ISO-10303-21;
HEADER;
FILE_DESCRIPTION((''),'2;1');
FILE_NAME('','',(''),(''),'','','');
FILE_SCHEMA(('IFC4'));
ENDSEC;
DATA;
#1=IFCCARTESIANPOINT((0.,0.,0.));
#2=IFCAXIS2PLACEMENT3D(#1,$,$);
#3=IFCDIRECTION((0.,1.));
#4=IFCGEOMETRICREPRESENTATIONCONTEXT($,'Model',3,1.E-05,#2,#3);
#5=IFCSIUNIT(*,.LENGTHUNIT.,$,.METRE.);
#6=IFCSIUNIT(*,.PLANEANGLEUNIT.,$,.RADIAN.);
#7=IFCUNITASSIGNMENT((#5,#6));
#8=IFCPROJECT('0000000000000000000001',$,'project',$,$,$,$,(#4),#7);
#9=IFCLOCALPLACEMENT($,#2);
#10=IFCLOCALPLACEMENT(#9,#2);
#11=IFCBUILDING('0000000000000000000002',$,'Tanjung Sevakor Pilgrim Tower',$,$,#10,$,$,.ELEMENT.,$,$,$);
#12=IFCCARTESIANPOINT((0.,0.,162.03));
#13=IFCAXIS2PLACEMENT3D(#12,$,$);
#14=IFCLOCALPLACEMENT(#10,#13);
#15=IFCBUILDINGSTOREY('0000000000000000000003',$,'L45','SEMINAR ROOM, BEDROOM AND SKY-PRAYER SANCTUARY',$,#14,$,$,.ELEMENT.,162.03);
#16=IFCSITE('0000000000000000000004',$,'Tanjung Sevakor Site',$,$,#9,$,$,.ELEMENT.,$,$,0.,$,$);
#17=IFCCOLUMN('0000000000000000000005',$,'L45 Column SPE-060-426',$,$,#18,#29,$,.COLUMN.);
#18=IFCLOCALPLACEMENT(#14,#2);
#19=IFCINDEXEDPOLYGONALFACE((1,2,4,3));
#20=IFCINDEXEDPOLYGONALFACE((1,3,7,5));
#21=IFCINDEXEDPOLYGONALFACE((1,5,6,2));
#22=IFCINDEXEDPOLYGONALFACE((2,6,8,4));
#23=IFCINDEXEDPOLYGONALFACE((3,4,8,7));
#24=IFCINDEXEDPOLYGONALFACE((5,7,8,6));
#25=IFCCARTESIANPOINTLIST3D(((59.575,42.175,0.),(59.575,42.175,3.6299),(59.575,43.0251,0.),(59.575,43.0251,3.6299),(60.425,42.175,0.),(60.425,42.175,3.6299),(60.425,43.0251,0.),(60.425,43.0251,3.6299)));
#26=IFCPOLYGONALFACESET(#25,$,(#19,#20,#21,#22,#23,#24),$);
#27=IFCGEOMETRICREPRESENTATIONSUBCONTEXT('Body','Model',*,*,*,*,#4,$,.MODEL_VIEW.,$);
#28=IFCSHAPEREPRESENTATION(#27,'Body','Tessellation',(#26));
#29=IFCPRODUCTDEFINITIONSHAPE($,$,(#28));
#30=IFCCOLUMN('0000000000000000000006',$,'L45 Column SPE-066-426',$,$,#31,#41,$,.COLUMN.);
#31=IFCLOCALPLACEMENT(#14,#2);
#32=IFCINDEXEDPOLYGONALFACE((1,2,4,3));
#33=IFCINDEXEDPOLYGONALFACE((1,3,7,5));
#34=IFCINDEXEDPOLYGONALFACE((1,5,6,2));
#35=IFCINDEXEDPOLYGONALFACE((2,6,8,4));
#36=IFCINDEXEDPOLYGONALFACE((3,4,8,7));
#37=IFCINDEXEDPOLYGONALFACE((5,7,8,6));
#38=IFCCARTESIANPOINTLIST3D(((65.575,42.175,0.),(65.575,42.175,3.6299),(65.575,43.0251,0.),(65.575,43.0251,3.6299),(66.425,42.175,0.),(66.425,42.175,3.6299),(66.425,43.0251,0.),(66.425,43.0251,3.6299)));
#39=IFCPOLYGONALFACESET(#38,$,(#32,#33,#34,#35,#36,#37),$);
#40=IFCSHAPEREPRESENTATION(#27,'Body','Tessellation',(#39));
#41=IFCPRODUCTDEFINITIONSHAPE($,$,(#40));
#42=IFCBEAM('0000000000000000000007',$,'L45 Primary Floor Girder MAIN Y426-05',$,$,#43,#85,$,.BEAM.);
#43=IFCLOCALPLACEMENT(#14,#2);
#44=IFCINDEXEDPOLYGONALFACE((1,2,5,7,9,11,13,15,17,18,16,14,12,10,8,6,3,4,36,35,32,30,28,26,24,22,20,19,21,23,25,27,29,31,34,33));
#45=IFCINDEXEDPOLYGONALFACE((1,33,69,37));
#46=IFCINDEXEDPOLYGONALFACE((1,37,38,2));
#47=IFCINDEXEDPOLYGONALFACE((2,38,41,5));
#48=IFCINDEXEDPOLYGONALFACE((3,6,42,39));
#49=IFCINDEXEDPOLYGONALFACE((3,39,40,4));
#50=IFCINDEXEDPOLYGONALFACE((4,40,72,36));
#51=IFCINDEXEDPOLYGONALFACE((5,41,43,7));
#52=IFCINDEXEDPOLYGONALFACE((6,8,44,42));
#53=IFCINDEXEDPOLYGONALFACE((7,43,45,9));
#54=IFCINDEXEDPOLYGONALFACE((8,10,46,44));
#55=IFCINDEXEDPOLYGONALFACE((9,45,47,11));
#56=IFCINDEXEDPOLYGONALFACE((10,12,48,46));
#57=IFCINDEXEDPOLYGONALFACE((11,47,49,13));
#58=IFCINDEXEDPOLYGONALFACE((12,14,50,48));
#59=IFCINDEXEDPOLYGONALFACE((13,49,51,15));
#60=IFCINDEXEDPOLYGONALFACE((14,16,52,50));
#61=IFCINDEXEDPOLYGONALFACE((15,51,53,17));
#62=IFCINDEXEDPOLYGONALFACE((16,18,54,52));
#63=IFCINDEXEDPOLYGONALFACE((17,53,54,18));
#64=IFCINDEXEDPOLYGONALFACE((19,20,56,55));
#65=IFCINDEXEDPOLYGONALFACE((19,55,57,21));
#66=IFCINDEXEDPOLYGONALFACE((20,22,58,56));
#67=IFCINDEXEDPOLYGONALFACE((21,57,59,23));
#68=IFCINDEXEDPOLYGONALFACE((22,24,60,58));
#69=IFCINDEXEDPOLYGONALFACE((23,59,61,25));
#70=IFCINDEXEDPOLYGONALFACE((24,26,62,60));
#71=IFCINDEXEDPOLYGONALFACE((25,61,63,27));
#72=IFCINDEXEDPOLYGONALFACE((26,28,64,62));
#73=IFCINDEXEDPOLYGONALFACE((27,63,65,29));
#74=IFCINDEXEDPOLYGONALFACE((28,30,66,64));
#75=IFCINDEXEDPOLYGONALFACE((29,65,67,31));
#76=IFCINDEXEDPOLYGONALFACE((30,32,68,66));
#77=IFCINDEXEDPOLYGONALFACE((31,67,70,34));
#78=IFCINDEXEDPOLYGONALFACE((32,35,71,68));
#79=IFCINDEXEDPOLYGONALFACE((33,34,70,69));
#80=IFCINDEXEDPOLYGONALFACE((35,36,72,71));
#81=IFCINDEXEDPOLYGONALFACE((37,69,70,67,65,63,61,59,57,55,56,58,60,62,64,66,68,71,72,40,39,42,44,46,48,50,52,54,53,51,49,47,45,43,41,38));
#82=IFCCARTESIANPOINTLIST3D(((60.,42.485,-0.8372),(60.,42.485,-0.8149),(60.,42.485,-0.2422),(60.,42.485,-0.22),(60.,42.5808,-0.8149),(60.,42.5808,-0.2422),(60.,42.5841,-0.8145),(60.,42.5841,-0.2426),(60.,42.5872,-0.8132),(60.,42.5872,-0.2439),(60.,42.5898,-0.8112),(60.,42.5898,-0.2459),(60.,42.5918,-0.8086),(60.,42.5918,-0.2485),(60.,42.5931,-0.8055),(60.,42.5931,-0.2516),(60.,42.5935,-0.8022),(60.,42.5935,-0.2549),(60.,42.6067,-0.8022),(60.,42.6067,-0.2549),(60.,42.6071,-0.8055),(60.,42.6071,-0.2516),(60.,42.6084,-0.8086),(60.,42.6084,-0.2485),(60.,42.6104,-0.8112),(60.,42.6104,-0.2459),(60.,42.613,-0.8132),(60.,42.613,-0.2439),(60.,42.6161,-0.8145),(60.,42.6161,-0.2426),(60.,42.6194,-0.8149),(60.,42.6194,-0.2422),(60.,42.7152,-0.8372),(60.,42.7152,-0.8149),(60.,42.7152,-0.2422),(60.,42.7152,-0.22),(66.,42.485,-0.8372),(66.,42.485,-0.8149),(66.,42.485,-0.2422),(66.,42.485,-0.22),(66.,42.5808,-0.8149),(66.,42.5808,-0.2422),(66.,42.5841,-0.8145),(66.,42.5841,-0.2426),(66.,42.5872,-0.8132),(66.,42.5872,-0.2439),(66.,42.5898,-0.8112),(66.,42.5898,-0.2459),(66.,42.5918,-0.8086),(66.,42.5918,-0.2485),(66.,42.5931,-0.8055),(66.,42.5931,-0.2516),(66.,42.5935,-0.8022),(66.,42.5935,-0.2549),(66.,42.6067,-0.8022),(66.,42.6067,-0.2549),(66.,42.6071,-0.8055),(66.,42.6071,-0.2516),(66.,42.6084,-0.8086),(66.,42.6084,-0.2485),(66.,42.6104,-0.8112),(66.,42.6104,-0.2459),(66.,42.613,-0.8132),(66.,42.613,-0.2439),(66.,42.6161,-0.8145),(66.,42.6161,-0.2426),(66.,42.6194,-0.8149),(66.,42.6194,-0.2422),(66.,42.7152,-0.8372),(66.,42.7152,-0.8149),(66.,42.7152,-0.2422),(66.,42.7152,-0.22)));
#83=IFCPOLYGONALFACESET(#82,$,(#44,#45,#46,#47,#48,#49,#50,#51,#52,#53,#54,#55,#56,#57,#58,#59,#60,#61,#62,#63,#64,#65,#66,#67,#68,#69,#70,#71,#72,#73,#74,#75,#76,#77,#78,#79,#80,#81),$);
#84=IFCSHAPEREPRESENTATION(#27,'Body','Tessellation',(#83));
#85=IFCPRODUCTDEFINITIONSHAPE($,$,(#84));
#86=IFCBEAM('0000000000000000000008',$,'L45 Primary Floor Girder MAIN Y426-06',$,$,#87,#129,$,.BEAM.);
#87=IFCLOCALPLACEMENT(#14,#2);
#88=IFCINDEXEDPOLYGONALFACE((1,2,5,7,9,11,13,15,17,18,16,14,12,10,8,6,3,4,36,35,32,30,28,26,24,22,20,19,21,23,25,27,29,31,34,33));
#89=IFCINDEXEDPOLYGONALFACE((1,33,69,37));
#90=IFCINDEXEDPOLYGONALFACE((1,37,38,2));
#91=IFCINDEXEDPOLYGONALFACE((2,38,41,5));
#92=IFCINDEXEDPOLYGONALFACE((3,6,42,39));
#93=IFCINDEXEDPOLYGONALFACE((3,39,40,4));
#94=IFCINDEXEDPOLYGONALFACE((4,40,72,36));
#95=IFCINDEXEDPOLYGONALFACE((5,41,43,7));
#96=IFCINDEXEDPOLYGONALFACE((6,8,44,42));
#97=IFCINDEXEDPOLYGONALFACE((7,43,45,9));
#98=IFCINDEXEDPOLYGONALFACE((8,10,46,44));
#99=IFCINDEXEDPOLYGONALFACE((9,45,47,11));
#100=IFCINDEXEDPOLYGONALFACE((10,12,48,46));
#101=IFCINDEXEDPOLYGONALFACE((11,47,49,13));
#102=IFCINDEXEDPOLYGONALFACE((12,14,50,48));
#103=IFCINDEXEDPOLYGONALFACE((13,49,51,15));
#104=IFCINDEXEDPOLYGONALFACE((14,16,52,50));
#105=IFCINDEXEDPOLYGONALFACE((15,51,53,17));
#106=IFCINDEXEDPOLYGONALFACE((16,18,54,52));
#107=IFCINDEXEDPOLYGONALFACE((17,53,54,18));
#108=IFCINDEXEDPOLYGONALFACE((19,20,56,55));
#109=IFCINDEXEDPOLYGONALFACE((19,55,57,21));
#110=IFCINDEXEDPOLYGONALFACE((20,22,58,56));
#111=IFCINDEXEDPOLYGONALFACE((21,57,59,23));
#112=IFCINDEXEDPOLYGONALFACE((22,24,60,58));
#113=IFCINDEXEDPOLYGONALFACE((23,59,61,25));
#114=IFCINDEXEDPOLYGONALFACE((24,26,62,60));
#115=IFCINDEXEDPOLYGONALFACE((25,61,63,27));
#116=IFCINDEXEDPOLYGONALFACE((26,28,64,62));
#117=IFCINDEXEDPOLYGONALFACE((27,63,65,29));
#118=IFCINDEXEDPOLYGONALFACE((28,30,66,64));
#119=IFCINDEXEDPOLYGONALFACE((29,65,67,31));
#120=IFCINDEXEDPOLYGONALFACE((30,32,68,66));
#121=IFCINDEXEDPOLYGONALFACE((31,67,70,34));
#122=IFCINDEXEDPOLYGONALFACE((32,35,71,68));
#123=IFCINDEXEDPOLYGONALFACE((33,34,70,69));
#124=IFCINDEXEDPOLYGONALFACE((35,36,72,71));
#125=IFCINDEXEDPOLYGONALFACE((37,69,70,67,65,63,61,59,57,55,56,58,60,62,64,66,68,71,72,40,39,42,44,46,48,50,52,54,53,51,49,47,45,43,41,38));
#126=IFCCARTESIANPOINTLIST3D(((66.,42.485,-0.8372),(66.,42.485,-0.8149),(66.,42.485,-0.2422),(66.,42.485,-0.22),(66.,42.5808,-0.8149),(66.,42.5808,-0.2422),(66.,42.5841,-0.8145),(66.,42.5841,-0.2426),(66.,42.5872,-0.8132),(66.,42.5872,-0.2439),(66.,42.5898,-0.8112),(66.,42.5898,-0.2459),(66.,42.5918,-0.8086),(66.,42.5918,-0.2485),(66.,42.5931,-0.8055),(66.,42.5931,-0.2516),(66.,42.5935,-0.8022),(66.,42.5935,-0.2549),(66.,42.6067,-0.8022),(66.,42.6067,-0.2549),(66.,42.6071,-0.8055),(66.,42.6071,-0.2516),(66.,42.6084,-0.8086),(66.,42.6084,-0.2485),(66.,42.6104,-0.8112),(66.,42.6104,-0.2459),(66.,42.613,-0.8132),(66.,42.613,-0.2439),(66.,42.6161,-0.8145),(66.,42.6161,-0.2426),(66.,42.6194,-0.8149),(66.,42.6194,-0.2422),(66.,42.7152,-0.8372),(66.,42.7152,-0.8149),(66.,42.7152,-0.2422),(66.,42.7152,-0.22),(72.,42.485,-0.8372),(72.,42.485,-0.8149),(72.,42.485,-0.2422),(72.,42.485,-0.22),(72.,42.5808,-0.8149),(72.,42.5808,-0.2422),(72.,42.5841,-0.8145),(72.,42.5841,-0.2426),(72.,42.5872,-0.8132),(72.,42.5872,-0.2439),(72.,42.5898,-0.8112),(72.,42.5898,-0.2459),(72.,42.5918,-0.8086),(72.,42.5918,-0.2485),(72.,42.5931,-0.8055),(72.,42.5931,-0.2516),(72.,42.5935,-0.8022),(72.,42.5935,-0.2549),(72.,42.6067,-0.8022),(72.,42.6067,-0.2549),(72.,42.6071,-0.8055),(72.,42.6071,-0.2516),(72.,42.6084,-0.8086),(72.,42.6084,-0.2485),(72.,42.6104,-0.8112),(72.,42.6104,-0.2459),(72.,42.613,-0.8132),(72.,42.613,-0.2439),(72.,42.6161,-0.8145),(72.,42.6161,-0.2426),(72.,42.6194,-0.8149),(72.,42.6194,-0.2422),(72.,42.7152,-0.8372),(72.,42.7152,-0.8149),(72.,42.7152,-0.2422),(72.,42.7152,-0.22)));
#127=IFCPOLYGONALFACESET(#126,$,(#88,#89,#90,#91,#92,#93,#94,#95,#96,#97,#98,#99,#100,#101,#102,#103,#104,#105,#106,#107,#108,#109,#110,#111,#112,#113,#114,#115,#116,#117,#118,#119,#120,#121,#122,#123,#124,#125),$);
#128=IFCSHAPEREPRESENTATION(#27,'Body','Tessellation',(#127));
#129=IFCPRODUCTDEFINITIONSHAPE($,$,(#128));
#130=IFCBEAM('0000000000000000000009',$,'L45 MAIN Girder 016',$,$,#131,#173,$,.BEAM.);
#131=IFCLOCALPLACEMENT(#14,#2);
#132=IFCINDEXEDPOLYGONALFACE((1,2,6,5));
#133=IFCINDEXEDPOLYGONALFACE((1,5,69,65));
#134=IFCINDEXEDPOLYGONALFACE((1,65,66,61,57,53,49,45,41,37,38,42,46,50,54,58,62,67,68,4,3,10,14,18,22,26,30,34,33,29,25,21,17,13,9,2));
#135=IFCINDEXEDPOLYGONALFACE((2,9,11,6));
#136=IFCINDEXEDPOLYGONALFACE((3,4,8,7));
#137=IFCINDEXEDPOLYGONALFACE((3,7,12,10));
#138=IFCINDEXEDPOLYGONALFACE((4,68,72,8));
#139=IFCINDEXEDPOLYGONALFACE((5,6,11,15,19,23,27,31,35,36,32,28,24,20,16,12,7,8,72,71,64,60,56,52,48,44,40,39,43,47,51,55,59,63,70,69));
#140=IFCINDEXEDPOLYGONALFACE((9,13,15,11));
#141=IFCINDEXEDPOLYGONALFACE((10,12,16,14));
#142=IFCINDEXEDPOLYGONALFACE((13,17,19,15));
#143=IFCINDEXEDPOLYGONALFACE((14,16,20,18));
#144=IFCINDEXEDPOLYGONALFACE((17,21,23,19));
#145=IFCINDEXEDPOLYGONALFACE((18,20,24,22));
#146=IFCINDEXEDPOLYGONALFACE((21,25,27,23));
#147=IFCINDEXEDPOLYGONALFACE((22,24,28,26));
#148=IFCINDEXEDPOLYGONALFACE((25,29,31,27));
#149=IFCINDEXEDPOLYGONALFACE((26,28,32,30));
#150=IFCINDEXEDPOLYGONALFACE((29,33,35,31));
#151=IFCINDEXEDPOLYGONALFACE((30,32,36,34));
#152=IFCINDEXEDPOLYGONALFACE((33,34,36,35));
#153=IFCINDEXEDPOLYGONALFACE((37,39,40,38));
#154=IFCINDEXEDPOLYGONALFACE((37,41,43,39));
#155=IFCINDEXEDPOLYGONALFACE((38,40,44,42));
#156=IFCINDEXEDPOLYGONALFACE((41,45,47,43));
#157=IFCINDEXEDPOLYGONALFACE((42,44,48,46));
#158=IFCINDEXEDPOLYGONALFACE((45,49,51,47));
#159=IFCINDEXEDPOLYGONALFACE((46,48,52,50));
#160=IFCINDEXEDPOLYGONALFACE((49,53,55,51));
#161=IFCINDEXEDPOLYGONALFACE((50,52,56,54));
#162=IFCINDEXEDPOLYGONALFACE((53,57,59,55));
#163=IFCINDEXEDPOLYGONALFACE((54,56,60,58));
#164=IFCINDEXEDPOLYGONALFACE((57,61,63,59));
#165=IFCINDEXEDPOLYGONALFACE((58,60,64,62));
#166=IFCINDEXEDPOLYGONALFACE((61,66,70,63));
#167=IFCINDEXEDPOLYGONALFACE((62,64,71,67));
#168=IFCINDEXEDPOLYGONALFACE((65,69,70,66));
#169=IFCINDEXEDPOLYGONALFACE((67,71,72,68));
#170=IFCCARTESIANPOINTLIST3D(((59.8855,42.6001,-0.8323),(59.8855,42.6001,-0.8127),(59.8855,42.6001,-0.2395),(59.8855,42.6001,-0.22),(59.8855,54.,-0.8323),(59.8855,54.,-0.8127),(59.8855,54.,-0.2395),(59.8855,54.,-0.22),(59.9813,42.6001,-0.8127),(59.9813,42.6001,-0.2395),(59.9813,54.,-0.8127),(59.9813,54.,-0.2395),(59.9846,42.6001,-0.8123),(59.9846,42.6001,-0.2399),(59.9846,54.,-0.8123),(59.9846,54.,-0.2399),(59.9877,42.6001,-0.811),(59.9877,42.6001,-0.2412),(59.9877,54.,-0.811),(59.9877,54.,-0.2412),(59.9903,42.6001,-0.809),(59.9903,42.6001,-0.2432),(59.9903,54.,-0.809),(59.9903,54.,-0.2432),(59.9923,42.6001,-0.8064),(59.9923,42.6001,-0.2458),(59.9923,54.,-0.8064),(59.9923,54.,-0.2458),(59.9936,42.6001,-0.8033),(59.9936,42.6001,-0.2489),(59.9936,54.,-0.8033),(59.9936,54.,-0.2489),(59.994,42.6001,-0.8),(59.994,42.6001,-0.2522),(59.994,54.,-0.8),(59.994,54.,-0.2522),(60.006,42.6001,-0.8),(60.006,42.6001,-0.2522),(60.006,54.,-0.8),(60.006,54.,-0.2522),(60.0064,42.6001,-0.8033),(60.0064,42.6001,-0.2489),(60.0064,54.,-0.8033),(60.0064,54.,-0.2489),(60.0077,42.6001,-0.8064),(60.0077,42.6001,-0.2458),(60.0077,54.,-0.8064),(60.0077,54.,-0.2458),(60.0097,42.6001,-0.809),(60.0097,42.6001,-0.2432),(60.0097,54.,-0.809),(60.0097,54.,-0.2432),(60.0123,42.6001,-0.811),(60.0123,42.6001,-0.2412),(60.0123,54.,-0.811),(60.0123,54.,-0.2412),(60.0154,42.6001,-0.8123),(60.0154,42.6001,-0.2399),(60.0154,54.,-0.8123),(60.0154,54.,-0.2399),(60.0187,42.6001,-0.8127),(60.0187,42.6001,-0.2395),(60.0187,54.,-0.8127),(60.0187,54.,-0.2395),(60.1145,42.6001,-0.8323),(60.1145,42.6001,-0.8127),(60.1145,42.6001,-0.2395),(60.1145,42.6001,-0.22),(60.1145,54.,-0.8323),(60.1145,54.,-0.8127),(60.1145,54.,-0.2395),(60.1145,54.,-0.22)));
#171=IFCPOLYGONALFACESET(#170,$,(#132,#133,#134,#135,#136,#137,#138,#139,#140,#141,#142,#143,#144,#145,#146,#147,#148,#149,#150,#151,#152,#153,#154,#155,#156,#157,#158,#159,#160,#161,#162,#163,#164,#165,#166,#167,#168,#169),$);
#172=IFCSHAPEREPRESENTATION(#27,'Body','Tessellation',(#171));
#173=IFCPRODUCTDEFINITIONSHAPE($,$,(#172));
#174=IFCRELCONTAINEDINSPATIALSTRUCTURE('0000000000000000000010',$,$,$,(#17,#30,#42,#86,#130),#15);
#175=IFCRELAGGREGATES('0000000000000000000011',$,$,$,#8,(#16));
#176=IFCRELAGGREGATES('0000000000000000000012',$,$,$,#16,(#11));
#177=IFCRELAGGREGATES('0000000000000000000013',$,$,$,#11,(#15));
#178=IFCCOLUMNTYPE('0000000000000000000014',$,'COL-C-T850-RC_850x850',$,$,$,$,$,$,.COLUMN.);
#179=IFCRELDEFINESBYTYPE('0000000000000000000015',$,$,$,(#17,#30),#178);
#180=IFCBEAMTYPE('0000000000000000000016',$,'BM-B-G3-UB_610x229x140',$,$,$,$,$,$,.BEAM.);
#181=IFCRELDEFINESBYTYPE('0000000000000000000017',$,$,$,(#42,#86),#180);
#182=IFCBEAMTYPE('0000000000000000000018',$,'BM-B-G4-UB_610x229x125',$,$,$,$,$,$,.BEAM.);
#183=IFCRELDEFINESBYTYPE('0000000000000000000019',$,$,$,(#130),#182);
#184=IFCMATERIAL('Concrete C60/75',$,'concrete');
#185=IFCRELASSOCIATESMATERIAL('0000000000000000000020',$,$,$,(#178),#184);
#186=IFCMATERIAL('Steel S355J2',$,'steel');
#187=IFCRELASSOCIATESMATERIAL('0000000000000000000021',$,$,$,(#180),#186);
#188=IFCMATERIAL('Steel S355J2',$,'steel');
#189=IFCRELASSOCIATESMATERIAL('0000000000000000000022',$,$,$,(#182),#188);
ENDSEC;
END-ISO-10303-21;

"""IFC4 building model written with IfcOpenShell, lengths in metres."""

from ifc_helpers import new_model, si_unit, direction, frame, origin, origin_2d, place, context, subcontext, project, spatial, rectangle, i_section, extrude, material, material_profile, profile_set, type_object, element, save


model = new_model("IFC4")

# Units and contexts
model_context = context("Model", 3, precision=1e-05, world=origin(), true_north=direction((0.0, 1.0)))
body_context = subcontext(model_context, "Body", "Model", "MODEL_VIEW")
ifc_project = project(units=[si_unit("LENGTHUNIT", "METRE"), si_unit("PLANEANGLEUNIT", "RADIAN")], contexts=[model_context])

# Site, building, storey
site_placement = place(None, origin())
site = spatial("IfcSite", under=ifc_project, at=site_placement, Name="Tanjung Sevakor Site", CompositionType="ELEMENT", RefElevation=0.0)
building_placement = place(site_placement, origin())
building = spatial("IfcBuilding", under=site, at=building_placement, Name="Tanjung Sevakor Pilgrim Tower", CompositionType="ELEMENT")
storey_placement = place(building_placement, frame((0.0, 0.0, 162.03)))
storey = spatial("IfcBuildingStorey", under=building, at=storey_placement, Name="L45", Description="SEMINAR ROOM, BEDROOM AND SKY-PRAYER SANCTUARY", CompositionType="ELEMENT", Elevation=162.03)

# Columns
ifc_material_1 = material(Name="Concrete C60/75", Category="concrete")
ifc_material_profile_1 = material_profile(ifc_material_1, rectangle(XDim=0.8501, YDim=0.8501, at=origin_2d()))
ifc_profile_set_1 = profile_set([ifc_material_profile_1], Name="Concrete C60/75")
column_type = type_object("IfcColumnType", Name="COL-C-T850-RC_850x850", PredefinedType="COLUMN", material=ifc_profile_set_1)
for number, where, z_axis, x_axis, name in (
    (1, (60.0, 42.6001, 0.0), (0.0, 0.0, 1.0), (1.0, 0.0, 0.0), "L45 Column SPE-060-426"),
    (2, (66.0, 42.6001, 0.0), (0.0, 0.0, 1.0), (1.0, 0.0, 0.0), "L45 Column SPE-066-426"),
):
    element("IfcColumn", number, at=place(storey_placement, frame(where, z_axis=z_axis, x_axis=x_axis)), inside=storey, type_object=column_type, Name=name, PredefinedType="COLUMN", context=body_context, shape_type="SweptSolid", body=[
        extrude(rectangle(XDim=0.8501, YDim=0.8501, at=origin_2d()), origin(), (0.0, 0.0, 1.0), 3.6299),
    ])

# Beams
ifc_material_2 = material(Name="Steel S355J2", Category="steel")
ifc_material_profile_2 = material_profile(ifc_material_2, i_section(OverallWidth=0.2302, OverallDepth=0.6172, WebThickness=0.0132, FlangeThickness=0.0222, FilletRadius=0.0127, at=origin_2d()))
ifc_profile_set_2 = profile_set([ifc_material_profile_2], Name="Steel S355J2")
beam_type_1 = type_object("IfcBeamType", Name="BM-B-G3-UB_610x229x140", PredefinedType="BEAM", material=ifc_profile_set_2)
for number, where, z_axis, x_axis, name in (
    (3, (60.0, 42.6001, -0.5286), (1.0, 0.0, 0.0), (0.0, 1.0, 0.0), "L45 Primary Floor Girder MAIN Y426-05"),
    (4, (66.0, 42.6001, -0.5286), (1.0, 0.0, 0.0), (0.0, 1.0, 0.0), "L45 Primary Floor Girder MAIN Y426-06"),
):
    element("IfcBeam", number, at=place(storey_placement, frame(where, z_axis=z_axis, x_axis=x_axis)), inside=storey, type_object=beam_type_1, Name=name, PredefinedType="BEAM", context=body_context, shape_type="SweptSolid", body=[
        extrude(i_section(OverallWidth=0.2302, OverallDepth=0.6172, WebThickness=0.0132, FlangeThickness=0.0222, FilletRadius=0.0127, at=origin_2d()), origin(), (0.0, 0.0, 1.0), 6.0),
    ])
ifc_material_3 = material(Name="Steel S355J2", Category="steel")
ifc_material_profile_3 = material_profile(ifc_material_3, i_section(OverallWidth=0.229, OverallDepth=0.6123, WebThickness=0.012, FlangeThickness=0.0195, FilletRadius=0.0127, at=origin_2d()))
ifc_profile_set_3 = profile_set([ifc_material_profile_3], Name="Steel S355J2")
beam_type_2 = type_object("IfcBeamType", Name="BM-B-G4-UB_610x229x125", PredefinedType="BEAM", material=ifc_profile_set_3)
for number, where, z_axis, x_axis, name in (
    (5, (60.0, 42.6001, -0.5261), (0.0, 1.0, 0.0), (-1.0, 0.0, 0.0), "L45 MAIN Girder 016"),
):
    element("IfcBeam", number, at=place(storey_placement, frame(where, z_axis=z_axis, x_axis=x_axis)), inside=storey, type_object=beam_type_2, Name=name, PredefinedType="BEAM", context=body_context, shape_type="SweptSolid", body=[
        extrude(i_section(OverallWidth=0.229, OverallDepth=0.6123, WebThickness=0.012, FlangeThickness=0.0195, FilletRadius=0.0127, at=origin_2d()), origin(), (0.0, 0.0, 1.0), 11.3999),
    ])

save(model, "model.ifc")
